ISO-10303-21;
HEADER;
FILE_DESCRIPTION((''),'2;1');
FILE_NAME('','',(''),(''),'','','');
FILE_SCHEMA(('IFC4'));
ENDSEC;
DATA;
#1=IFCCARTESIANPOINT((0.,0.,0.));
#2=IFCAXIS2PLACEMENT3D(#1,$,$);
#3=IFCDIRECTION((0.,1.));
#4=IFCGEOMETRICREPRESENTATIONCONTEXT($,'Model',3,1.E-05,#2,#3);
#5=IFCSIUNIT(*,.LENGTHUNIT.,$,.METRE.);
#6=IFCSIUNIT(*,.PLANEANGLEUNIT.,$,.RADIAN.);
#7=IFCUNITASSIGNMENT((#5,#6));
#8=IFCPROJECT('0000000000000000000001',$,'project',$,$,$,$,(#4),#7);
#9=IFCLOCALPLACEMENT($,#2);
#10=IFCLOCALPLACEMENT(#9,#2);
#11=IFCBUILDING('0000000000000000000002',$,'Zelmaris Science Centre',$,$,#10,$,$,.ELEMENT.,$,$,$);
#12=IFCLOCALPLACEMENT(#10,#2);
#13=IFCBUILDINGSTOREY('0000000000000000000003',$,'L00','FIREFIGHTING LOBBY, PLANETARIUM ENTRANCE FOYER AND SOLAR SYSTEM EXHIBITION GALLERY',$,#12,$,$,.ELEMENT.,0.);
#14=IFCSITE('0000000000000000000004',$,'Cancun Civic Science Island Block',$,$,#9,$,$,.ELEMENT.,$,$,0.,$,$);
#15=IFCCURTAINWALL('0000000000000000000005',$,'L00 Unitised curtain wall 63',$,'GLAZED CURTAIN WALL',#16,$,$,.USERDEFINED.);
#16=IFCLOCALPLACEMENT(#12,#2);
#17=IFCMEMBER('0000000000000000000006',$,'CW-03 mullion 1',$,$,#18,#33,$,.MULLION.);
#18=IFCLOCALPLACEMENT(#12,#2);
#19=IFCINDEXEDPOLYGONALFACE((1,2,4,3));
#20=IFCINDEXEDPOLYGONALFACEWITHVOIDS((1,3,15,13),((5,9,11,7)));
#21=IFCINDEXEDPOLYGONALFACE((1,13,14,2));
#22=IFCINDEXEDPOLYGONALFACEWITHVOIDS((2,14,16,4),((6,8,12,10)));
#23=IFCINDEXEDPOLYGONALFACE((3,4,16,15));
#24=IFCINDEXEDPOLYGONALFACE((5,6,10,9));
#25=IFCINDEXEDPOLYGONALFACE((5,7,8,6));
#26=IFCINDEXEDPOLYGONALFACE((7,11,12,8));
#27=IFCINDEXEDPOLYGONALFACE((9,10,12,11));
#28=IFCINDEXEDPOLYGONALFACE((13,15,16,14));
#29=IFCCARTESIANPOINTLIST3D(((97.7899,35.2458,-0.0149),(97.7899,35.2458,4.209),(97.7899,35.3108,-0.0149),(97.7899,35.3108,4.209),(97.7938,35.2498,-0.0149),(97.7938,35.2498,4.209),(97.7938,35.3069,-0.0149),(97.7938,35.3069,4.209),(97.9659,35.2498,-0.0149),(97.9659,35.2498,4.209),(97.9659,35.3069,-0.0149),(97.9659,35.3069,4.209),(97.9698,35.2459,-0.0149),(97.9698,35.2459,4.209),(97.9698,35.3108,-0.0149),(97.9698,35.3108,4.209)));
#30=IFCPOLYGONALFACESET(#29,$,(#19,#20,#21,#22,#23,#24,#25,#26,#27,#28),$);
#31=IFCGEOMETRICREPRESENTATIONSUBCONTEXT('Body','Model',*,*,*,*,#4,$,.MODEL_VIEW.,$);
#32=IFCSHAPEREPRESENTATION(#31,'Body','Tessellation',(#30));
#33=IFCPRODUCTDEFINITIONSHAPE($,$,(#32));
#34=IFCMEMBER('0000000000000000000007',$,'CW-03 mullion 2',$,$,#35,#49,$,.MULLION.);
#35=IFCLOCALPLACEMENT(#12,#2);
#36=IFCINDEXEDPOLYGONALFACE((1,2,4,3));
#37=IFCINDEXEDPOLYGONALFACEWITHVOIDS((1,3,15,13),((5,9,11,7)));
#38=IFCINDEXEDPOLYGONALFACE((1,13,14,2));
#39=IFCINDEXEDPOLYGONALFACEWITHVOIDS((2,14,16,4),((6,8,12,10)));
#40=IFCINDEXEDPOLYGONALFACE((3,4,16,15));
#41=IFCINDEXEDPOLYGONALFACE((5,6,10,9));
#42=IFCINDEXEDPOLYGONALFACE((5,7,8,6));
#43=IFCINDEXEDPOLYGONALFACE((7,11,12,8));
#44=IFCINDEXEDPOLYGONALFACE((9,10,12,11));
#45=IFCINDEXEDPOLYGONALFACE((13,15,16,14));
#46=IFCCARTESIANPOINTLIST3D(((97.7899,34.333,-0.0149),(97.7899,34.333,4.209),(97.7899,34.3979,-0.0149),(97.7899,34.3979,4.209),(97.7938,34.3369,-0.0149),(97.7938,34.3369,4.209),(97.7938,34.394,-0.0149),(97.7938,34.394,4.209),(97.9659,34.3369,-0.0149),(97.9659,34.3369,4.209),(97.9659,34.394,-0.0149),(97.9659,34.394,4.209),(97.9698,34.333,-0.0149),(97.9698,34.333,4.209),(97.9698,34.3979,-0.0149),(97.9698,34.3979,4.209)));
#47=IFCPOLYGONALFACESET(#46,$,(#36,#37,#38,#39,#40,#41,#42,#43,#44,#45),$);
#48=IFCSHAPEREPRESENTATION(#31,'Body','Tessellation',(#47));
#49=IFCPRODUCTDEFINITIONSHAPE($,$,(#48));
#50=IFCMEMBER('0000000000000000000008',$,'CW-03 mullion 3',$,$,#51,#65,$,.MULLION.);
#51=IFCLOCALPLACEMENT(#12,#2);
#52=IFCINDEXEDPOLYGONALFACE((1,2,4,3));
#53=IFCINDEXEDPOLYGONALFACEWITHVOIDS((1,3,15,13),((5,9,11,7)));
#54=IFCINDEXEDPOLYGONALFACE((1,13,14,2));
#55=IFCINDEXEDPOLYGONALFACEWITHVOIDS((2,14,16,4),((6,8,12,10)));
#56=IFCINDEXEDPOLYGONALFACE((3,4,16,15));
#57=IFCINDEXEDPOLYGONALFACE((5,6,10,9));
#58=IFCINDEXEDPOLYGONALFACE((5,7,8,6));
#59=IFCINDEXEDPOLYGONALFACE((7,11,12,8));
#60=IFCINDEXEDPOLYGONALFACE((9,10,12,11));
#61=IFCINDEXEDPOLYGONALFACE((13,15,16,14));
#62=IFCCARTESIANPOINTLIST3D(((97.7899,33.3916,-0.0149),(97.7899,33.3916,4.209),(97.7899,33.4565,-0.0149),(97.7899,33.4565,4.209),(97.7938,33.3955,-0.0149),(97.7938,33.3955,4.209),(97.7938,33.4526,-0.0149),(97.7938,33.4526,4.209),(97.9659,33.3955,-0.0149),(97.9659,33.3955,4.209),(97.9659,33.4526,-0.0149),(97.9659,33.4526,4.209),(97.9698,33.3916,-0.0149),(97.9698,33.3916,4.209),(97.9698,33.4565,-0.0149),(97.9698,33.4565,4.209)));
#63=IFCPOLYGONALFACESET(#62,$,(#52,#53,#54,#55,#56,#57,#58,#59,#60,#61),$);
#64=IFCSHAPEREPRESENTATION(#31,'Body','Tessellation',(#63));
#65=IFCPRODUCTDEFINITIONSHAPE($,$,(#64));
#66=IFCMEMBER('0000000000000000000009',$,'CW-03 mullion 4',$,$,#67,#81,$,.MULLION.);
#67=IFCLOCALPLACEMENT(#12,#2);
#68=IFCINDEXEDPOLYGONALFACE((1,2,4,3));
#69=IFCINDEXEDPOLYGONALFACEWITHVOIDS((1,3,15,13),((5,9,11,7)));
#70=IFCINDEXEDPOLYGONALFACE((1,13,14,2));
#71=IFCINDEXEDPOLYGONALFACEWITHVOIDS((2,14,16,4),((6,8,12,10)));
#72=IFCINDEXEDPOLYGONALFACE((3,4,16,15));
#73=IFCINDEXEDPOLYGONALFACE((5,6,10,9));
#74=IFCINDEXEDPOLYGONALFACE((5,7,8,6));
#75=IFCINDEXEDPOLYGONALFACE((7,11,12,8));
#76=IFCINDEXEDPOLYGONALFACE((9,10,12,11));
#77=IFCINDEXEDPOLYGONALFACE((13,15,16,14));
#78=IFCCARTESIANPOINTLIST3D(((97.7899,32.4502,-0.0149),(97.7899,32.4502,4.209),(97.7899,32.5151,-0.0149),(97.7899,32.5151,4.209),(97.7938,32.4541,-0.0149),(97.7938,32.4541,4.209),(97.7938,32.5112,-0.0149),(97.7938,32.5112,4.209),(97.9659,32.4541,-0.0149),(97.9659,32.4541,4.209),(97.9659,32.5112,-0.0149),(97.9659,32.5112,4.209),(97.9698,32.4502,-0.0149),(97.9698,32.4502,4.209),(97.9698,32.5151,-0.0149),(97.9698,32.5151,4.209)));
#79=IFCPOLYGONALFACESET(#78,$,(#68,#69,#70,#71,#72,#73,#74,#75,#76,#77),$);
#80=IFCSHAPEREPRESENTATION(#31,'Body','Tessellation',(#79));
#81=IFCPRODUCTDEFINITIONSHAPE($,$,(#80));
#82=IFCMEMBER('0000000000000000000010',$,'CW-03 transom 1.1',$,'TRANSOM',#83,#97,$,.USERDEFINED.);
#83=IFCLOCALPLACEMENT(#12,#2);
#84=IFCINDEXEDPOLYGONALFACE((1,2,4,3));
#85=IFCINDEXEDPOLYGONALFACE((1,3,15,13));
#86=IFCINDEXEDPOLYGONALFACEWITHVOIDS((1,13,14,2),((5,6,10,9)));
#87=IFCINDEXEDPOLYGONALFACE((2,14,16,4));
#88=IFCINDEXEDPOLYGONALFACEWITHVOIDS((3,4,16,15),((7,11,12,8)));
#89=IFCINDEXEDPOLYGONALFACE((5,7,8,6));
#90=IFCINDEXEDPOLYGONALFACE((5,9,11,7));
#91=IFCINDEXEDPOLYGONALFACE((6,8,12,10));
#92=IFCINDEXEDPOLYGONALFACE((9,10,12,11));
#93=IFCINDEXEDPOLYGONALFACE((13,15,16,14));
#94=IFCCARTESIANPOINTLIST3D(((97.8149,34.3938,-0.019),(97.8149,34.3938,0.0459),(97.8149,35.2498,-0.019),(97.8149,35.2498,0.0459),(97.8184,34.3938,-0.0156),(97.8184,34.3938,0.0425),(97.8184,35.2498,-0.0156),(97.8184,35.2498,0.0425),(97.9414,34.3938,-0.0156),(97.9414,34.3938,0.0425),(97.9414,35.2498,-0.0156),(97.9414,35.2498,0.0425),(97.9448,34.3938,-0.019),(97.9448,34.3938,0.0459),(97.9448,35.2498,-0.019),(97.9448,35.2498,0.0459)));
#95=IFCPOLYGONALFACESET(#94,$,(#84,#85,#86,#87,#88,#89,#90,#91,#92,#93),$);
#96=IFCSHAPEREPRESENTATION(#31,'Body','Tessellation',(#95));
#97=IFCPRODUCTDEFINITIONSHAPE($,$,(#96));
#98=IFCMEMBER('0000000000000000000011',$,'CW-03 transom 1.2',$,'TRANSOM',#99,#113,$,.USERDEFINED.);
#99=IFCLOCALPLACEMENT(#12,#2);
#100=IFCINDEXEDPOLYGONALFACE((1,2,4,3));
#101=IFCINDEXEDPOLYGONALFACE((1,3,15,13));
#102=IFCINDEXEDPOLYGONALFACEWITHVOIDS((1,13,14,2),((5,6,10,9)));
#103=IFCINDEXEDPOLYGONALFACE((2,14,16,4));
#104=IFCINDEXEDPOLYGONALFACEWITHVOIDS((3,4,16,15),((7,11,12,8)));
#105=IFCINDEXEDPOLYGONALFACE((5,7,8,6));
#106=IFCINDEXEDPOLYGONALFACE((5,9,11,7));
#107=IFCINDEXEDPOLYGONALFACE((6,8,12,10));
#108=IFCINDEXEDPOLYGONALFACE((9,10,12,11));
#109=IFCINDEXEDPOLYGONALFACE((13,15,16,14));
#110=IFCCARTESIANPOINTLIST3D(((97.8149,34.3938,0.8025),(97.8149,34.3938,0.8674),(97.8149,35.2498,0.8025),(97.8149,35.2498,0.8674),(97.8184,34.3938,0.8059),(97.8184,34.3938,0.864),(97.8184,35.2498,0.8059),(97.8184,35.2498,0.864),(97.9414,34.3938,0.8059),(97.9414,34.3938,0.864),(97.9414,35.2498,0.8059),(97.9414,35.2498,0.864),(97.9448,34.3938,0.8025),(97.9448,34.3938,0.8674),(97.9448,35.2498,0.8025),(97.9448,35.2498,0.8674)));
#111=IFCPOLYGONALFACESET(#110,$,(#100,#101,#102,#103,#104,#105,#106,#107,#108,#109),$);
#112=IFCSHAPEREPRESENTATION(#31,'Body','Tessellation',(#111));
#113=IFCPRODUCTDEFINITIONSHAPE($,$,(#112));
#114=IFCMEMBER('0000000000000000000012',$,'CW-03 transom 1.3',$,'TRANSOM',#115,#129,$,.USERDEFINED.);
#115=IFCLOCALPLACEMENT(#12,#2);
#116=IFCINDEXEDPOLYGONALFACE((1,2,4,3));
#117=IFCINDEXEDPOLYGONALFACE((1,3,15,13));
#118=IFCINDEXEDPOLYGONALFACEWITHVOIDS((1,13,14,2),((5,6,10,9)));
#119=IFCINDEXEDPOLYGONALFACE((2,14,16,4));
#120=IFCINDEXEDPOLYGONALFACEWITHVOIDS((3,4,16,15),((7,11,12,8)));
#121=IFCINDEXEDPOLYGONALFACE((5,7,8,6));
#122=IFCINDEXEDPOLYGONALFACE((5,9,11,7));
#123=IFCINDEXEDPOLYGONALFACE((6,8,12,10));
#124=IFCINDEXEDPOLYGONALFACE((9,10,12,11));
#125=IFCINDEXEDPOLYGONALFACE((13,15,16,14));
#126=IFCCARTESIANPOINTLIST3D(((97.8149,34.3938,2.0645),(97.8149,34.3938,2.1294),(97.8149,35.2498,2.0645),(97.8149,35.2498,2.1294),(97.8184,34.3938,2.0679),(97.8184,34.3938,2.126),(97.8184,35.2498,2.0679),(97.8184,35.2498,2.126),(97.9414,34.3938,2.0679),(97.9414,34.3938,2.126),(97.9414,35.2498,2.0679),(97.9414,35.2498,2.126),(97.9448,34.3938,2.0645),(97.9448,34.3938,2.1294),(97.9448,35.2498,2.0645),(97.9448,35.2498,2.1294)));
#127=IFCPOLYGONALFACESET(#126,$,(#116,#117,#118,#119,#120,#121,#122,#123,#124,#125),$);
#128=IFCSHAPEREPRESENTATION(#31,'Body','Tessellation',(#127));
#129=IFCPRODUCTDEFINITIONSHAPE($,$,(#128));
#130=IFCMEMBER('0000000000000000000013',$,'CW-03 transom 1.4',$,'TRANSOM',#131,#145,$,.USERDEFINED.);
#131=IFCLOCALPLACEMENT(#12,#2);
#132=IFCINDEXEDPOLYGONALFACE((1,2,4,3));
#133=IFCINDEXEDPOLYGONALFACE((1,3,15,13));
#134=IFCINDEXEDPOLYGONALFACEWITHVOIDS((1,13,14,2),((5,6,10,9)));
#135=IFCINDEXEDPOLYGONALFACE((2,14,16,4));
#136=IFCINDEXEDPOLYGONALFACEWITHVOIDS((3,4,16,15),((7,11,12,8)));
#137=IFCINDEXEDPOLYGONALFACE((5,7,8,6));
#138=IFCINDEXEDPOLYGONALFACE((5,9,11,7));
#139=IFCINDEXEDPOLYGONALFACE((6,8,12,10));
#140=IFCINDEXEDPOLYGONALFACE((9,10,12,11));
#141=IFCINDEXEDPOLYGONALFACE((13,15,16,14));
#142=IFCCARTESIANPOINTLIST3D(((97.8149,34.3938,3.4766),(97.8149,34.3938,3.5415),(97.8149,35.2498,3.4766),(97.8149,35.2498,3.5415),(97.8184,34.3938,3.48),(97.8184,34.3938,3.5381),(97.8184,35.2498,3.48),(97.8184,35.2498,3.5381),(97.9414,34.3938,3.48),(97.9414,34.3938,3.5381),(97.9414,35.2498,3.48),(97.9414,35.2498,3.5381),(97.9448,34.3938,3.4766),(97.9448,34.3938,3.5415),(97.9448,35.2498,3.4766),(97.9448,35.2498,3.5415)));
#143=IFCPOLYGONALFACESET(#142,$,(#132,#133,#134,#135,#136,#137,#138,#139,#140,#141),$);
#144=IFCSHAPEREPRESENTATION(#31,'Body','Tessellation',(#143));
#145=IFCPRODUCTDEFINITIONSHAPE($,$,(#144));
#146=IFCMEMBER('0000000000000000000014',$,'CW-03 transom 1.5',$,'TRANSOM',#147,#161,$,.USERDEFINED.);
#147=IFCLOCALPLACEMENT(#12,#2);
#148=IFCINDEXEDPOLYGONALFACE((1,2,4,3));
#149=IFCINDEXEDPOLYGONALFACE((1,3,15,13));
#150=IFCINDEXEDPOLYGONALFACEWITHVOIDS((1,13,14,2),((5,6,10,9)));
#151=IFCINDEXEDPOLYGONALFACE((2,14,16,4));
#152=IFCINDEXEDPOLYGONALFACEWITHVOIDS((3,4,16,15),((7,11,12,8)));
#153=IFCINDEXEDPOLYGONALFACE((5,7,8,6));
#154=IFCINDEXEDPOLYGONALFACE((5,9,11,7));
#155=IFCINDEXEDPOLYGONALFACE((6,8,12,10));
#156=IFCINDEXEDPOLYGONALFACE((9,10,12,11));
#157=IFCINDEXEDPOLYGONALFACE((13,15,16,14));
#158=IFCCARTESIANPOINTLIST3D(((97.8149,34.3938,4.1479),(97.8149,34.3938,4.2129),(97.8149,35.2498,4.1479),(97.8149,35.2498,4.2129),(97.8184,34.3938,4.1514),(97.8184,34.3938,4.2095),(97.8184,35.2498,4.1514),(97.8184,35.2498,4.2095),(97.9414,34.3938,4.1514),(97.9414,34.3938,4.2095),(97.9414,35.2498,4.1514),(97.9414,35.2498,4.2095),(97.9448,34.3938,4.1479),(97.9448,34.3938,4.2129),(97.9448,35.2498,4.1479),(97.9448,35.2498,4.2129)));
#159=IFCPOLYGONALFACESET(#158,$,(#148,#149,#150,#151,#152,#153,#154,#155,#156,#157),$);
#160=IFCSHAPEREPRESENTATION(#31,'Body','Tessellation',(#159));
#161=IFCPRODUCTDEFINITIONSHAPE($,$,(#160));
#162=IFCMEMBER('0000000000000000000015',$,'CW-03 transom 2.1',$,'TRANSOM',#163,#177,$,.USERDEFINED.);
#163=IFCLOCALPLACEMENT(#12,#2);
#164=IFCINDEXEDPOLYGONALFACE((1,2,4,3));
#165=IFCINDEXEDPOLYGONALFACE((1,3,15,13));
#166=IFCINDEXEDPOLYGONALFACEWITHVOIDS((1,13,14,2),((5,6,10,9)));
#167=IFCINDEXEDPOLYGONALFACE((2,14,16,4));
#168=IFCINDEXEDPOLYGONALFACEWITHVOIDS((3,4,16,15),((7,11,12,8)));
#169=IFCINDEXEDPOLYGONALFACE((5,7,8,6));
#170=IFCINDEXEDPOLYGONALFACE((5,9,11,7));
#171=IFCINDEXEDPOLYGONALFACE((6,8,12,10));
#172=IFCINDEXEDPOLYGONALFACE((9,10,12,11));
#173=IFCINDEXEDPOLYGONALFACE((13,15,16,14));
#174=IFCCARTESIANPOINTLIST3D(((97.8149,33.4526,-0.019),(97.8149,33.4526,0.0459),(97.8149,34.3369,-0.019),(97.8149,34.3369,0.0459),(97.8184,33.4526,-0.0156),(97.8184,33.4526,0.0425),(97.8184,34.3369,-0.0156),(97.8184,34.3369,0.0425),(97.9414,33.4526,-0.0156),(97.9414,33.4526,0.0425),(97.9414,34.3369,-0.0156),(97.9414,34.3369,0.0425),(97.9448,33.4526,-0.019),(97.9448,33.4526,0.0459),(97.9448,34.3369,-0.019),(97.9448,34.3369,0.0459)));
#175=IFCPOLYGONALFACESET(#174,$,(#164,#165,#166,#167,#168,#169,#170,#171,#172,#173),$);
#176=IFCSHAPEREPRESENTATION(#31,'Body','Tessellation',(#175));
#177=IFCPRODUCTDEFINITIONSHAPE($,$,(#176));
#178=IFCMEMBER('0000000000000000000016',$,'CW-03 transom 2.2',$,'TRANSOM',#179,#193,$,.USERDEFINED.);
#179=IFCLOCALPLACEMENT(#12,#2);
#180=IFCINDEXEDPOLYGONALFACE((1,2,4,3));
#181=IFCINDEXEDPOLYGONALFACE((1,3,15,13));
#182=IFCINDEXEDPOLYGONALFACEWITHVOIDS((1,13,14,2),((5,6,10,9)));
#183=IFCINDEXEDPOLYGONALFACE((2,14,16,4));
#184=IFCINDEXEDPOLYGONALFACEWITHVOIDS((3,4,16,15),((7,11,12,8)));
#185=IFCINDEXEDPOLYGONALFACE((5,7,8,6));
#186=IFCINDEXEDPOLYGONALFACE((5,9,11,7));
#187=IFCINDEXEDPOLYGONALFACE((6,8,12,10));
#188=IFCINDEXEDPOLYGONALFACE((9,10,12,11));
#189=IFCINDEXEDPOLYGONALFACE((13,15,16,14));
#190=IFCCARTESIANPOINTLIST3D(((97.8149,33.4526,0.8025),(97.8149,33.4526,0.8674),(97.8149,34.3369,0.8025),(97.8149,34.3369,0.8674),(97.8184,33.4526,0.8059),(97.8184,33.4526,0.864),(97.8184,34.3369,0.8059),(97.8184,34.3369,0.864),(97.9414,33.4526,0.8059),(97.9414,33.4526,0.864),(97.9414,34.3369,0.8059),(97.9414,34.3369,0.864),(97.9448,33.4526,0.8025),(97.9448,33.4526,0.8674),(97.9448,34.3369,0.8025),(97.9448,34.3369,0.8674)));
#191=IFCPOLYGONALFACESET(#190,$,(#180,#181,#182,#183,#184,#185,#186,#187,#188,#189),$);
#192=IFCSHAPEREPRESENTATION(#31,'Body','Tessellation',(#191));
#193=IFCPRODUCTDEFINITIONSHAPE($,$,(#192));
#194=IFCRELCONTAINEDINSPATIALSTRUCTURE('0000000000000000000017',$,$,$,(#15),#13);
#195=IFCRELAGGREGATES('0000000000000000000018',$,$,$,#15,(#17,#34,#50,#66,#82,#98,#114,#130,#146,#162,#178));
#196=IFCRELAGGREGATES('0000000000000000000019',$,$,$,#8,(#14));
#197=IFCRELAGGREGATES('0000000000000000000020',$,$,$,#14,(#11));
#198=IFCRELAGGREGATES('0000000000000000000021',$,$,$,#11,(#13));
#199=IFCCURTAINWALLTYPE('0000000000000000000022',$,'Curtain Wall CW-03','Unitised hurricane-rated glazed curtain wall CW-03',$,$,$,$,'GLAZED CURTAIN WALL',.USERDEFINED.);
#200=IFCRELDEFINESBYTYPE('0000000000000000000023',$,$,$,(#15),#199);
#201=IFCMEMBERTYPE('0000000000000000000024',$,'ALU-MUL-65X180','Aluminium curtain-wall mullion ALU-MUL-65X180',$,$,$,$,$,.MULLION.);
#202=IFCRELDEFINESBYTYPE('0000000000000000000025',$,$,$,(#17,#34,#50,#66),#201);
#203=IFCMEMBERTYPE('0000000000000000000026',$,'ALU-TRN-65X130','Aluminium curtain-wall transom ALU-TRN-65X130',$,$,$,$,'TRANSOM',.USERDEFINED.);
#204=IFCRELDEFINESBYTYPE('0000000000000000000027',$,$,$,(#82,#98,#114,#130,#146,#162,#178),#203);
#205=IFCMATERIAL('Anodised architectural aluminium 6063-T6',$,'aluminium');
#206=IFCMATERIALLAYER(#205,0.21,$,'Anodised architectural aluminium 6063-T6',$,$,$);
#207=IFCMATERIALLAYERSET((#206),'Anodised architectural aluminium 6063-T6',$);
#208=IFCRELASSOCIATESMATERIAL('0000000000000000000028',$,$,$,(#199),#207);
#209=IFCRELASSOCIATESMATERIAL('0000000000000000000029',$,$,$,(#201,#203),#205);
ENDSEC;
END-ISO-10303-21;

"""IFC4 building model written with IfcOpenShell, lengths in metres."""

from ifc_helpers import new_model, si_unit, direction, frame, origin, origin_2d, place, context, subcontext, project, spatial, hollow_rectangle, extrude, material, layer, layer_set, material_profile, profile_set, type_object, element, aggregate, save


model = new_model("IFC4")

# Units and contexts
model_context = context("Model", 3, precision=1e-05, world=origin(), true_north=direction((0.0, 1.0)))
body_context = subcontext(model_context, "Body", "Model", "MODEL_VIEW")
ifc_project = project(units=[si_unit("LENGTHUNIT", "METRE"), si_unit("PLANEANGLEUNIT", "RADIAN")], contexts=[model_context])

# Site, building, storey
site_placement = place(None, origin())
site = spatial("IfcSite", under=ifc_project, at=site_placement, Name="Cancun Civic Science Island Block", CompositionType="ELEMENT", RefElevation=0.0)
building_placement = place(site_placement, origin())
building = spatial("IfcBuilding", under=site, at=building_placement, Name="Zelmaris Science Centre", CompositionType="ELEMENT")
storey_placement = place(building_placement, origin())
storey = spatial("IfcBuildingStorey", under=building, at=storey_placement, Name="L00", Description="FIREFIGHTING LOBBY, PLANETARIUM ENTRANCE FOYER AND SOLAR SYSTEM EXHIBITION GALLERY", CompositionType="ELEMENT", Elevation=0.0)

# Curtain wall, members
ifc_material_1 = material(Name="Anodised architectural aluminium 6063-T6", Category="aluminium")
ifc_layer_1 = layer(ifc_material_1, 0.21, Name="Anodised architectural aluminium 6063-T6")
ifc_layer_set_1 = layer_set([ifc_layer_1], Name="Anodised architectural aluminium 6063-T6")
curtain_wall_type = type_object("IfcCurtainWallType", Name="Curtain Wall CW-03", Description="Unitised hurricane-rated glazed curtain wall CW-03", ElementType="GLAZED CURTAIN WALL", PredefinedType="USERDEFINED", material=ifc_layer_set_1)
curtain_wall_placement = place(storey_placement, origin())
curtain_wall = element("IfcCurtainWall", 1, at=curtain_wall_placement, inside=storey, type_object=curtain_wall_type, Name="L00 Unitised curtain wall 63", ObjectType="GLAZED CURTAIN WALL", PredefinedType="USERDEFINED")
ifc_material_profile_1 = material_profile(ifc_material_1, hollow_rectangle(XDim=0.0649, YDim=0.1799, WallThickness=0.0039, at=origin_2d()), Name="ALU-MUL-65X180")
ifc_profile_set_1 = profile_set([ifc_material_profile_1], Name="Anodised architectural aluminium 6063-T6")
member_type_1 = type_object("IfcMemberType", Name="ALU-MUL-65X180", Description="Aluminium curtain-wall mullion ALU-MUL-65X180", PredefinedType="MULLION", material=ifc_profile_set_1)
member_1_placement = place(storey_placement, frame((97.8799, 35.2783, -0.0149), z_axis=(0.0, 0.0, 1.0), x_axis=(0.000005, -1.0, 0.0)))
member_1 = element("IfcMember", 2, at=member_1_placement, type_object=member_type_1, Name="CW-03 mullion 1", PredefinedType="MULLION", context=body_context, shape_type="SweptSolid", body=[
    extrude(hollow_rectangle(XDim=0.0649, YDim=0.1799, WallThickness=0.0039, at=origin_2d()), origin(), (0.0, 0.0, 1.0), 4.2239),
])
member_2_placement = place(storey_placement, frame((97.8799, 34.3655, -0.0149), z_axis=(0.0, 0.0, 1.0), x_axis=(0.000005, -1.0, 0.0)))
member_2 = element("IfcMember", 3, at=member_2_placement, type_object=member_type_1, Name="CW-03 mullion 2", PredefinedType="MULLION", context=body_context, shape_type="SweptSolid", body=[
    extrude(hollow_rectangle(XDim=0.0649, YDim=0.1799, WallThickness=0.0039, at=origin_2d()), origin(), (0.0, 0.0, 1.0), 4.2239),
])
member_3_placement = place(storey_placement, frame((97.8799, 33.4241, -0.0149), z_axis=(0.0, 0.0, 1.0), x_axis=(0.000005, -1.0, 0.0)))
member_3 = element("IfcMember", 4, at=member_3_placement, type_object=member_type_1, Name="CW-03 mullion 3", PredefinedType="MULLION", context=body_context, shape_type="SweptSolid", body=[
    extrude(hollow_rectangle(XDim=0.0649, YDim=0.1799, WallThickness=0.0039, at=origin_2d()), origin(), (0.0, 0.0, 1.0), 4.2239),
])
member_4_placement = place(storey_placement, frame((97.8799, 32.4827, -0.0149), z_axis=(0.0, 0.0, 1.0), x_axis=(0.000005, -1.0, 0.0)))
member_4 = element("IfcMember", 5, at=member_4_placement, type_object=member_type_1, Name="CW-03 mullion 4", PredefinedType="MULLION", context=body_context, shape_type="SweptSolid", body=[
    extrude(hollow_rectangle(XDim=0.0649, YDim=0.1799, WallThickness=0.0039, at=origin_2d()), origin(), (0.0, 0.0, 1.0), 4.2239),
])
ifc_material_profile_2 = material_profile(ifc_material_1, hollow_rectangle(XDim=0.0649, YDim=0.1299, WallThickness=0.0034, at=origin_2d()), Name="ALU-TRN-65X130")
ifc_profile_set_2 = profile_set([ifc_material_profile_2], Name="Anodised architectural aluminium 6063-T6")
member_type_2 = type_object("IfcMemberType", Name="ALU-TRN-65X130", Description="Aluminium curtain-wall transom ALU-TRN-65X130", ElementType="TRANSOM", PredefinedType="USERDEFINED", material=ifc_profile_set_2)
member_5_placement = place(storey_placement, frame((97.8799, 35.2498, 0.0134), z_axis=(0.0, -1.0, 0.0), x_axis=(0.0, 0.0, 1.0)))
member_5 = element("IfcMember", 6, at=member_5_placement, type_object=member_type_2, Name="CW-03 transom 1.1", ObjectType="TRANSOM", PredefinedType="USERDEFINED", context=body_context, shape_type="SweptSolid", body=[
    extrude(hollow_rectangle(XDim=0.0649, YDim=0.1299, WallThickness=0.0034, at=origin_2d()), origin(), (0.0, 0.0, 1.0), 0.856),
])
member_6_placement = place(storey_placement, frame((97.8799, 35.2498, 0.835), z_axis=(0.0, -1.0, 0.0), x_axis=(0.0, 0.0, 1.0)))
member_6 = element("IfcMember", 7, at=member_6_placement, type_object=member_type_2, Name="CW-03 transom 1.2", ObjectType="TRANSOM", PredefinedType="USERDEFINED", context=body_context, shape_type="SweptSolid", body=[
    extrude(hollow_rectangle(XDim=0.0649, YDim=0.1299, WallThickness=0.0034, at=origin_2d()), origin(), (0.0, 0.0, 1.0), 0.856),
])
member_7_placement = place(storey_placement, frame((97.8799, 35.2498, 2.0969), z_axis=(0.0, -1.0, 0.0), x_axis=(0.0, 0.0, 1.0)))
member_7 = element("IfcMember", 8, at=member_7_placement, type_object=member_type_2, Name="CW-03 transom 1.3", ObjectType="TRANSOM", PredefinedType="USERDEFINED", context=body_context, shape_type="SweptSolid", body=[
    extrude(hollow_rectangle(XDim=0.0649, YDim=0.1299, WallThickness=0.0034, at=origin_2d()), origin(), (0.0, 0.0, 1.0), 0.856),
])
member_8_placement = place(storey_placement, frame((97.8799, 35.2498, 3.509), z_axis=(0.0, -1.0, 0.0), x_axis=(0.0, 0.0, 1.0)))
member_8 = element("IfcMember", 9, at=member_8_placement, type_object=member_type_2, Name="CW-03 transom 1.4", ObjectType="TRANSOM", PredefinedType="USERDEFINED", context=body_context, shape_type="SweptSolid", body=[
    extrude(hollow_rectangle(XDim=0.0649, YDim=0.1299, WallThickness=0.0034, at=origin_2d()), origin(), (0.0, 0.0, 1.0), 0.856),
])
member_9_placement = place(storey_placement, frame((97.8799, 35.2498, 4.1804), z_axis=(0.0, -1.0, 0.0), x_axis=(0.0, 0.0, 1.0)))
member_9 = element("IfcMember", 10, at=member_9_placement, type_object=member_type_2, Name="CW-03 transom 1.5", ObjectType="TRANSOM", PredefinedType="USERDEFINED", context=body_context, shape_type="SweptSolid", body=[
    extrude(hollow_rectangle(XDim=0.0649, YDim=0.1299, WallThickness=0.0034, at=origin_2d()), origin(), (0.0, 0.0, 1.0), 0.856),
])
member_10_placement = place(storey_placement, frame((97.8799, 34.3369, 0.0134), z_axis=(0.0, -1.0, 0.0), x_axis=(0.0, 0.0, 1.0)))
member_10 = element("IfcMember", 11, at=member_10_placement, type_object=member_type_2, Name="CW-03 transom 2.1", ObjectType="TRANSOM", PredefinedType="USERDEFINED", context=body_context, shape_type="SweptSolid", body=[
    extrude(hollow_rectangle(XDim=0.0649, YDim=0.1299, WallThickness=0.0034, at=origin_2d()), origin(), (0.0, 0.0, 1.0), 0.8843),
])
member_11_placement = place(storey_placement, frame((97.8799, 34.3369, 0.835), z_axis=(0.0, -1.0, 0.0), x_axis=(0.0, 0.0, 1.0)))
member_11 = element("IfcMember", 12, at=member_11_placement, type_object=member_type_2, Name="CW-03 transom 2.2", ObjectType="TRANSOM", PredefinedType="USERDEFINED", context=body_context, shape_type="SweptSolid", body=[
    extrude(hollow_rectangle(XDim=0.0649, YDim=0.1299, WallThickness=0.0034, at=origin_2d()), origin(), (0.0, 0.0, 1.0), 0.8843),
])
aggregate(curtain_wall, [member_1, member_2, member_3, member_4, member_5, member_6, member_7, member_8, member_9, member_10, member_11])

save(model, "model.ifc")
